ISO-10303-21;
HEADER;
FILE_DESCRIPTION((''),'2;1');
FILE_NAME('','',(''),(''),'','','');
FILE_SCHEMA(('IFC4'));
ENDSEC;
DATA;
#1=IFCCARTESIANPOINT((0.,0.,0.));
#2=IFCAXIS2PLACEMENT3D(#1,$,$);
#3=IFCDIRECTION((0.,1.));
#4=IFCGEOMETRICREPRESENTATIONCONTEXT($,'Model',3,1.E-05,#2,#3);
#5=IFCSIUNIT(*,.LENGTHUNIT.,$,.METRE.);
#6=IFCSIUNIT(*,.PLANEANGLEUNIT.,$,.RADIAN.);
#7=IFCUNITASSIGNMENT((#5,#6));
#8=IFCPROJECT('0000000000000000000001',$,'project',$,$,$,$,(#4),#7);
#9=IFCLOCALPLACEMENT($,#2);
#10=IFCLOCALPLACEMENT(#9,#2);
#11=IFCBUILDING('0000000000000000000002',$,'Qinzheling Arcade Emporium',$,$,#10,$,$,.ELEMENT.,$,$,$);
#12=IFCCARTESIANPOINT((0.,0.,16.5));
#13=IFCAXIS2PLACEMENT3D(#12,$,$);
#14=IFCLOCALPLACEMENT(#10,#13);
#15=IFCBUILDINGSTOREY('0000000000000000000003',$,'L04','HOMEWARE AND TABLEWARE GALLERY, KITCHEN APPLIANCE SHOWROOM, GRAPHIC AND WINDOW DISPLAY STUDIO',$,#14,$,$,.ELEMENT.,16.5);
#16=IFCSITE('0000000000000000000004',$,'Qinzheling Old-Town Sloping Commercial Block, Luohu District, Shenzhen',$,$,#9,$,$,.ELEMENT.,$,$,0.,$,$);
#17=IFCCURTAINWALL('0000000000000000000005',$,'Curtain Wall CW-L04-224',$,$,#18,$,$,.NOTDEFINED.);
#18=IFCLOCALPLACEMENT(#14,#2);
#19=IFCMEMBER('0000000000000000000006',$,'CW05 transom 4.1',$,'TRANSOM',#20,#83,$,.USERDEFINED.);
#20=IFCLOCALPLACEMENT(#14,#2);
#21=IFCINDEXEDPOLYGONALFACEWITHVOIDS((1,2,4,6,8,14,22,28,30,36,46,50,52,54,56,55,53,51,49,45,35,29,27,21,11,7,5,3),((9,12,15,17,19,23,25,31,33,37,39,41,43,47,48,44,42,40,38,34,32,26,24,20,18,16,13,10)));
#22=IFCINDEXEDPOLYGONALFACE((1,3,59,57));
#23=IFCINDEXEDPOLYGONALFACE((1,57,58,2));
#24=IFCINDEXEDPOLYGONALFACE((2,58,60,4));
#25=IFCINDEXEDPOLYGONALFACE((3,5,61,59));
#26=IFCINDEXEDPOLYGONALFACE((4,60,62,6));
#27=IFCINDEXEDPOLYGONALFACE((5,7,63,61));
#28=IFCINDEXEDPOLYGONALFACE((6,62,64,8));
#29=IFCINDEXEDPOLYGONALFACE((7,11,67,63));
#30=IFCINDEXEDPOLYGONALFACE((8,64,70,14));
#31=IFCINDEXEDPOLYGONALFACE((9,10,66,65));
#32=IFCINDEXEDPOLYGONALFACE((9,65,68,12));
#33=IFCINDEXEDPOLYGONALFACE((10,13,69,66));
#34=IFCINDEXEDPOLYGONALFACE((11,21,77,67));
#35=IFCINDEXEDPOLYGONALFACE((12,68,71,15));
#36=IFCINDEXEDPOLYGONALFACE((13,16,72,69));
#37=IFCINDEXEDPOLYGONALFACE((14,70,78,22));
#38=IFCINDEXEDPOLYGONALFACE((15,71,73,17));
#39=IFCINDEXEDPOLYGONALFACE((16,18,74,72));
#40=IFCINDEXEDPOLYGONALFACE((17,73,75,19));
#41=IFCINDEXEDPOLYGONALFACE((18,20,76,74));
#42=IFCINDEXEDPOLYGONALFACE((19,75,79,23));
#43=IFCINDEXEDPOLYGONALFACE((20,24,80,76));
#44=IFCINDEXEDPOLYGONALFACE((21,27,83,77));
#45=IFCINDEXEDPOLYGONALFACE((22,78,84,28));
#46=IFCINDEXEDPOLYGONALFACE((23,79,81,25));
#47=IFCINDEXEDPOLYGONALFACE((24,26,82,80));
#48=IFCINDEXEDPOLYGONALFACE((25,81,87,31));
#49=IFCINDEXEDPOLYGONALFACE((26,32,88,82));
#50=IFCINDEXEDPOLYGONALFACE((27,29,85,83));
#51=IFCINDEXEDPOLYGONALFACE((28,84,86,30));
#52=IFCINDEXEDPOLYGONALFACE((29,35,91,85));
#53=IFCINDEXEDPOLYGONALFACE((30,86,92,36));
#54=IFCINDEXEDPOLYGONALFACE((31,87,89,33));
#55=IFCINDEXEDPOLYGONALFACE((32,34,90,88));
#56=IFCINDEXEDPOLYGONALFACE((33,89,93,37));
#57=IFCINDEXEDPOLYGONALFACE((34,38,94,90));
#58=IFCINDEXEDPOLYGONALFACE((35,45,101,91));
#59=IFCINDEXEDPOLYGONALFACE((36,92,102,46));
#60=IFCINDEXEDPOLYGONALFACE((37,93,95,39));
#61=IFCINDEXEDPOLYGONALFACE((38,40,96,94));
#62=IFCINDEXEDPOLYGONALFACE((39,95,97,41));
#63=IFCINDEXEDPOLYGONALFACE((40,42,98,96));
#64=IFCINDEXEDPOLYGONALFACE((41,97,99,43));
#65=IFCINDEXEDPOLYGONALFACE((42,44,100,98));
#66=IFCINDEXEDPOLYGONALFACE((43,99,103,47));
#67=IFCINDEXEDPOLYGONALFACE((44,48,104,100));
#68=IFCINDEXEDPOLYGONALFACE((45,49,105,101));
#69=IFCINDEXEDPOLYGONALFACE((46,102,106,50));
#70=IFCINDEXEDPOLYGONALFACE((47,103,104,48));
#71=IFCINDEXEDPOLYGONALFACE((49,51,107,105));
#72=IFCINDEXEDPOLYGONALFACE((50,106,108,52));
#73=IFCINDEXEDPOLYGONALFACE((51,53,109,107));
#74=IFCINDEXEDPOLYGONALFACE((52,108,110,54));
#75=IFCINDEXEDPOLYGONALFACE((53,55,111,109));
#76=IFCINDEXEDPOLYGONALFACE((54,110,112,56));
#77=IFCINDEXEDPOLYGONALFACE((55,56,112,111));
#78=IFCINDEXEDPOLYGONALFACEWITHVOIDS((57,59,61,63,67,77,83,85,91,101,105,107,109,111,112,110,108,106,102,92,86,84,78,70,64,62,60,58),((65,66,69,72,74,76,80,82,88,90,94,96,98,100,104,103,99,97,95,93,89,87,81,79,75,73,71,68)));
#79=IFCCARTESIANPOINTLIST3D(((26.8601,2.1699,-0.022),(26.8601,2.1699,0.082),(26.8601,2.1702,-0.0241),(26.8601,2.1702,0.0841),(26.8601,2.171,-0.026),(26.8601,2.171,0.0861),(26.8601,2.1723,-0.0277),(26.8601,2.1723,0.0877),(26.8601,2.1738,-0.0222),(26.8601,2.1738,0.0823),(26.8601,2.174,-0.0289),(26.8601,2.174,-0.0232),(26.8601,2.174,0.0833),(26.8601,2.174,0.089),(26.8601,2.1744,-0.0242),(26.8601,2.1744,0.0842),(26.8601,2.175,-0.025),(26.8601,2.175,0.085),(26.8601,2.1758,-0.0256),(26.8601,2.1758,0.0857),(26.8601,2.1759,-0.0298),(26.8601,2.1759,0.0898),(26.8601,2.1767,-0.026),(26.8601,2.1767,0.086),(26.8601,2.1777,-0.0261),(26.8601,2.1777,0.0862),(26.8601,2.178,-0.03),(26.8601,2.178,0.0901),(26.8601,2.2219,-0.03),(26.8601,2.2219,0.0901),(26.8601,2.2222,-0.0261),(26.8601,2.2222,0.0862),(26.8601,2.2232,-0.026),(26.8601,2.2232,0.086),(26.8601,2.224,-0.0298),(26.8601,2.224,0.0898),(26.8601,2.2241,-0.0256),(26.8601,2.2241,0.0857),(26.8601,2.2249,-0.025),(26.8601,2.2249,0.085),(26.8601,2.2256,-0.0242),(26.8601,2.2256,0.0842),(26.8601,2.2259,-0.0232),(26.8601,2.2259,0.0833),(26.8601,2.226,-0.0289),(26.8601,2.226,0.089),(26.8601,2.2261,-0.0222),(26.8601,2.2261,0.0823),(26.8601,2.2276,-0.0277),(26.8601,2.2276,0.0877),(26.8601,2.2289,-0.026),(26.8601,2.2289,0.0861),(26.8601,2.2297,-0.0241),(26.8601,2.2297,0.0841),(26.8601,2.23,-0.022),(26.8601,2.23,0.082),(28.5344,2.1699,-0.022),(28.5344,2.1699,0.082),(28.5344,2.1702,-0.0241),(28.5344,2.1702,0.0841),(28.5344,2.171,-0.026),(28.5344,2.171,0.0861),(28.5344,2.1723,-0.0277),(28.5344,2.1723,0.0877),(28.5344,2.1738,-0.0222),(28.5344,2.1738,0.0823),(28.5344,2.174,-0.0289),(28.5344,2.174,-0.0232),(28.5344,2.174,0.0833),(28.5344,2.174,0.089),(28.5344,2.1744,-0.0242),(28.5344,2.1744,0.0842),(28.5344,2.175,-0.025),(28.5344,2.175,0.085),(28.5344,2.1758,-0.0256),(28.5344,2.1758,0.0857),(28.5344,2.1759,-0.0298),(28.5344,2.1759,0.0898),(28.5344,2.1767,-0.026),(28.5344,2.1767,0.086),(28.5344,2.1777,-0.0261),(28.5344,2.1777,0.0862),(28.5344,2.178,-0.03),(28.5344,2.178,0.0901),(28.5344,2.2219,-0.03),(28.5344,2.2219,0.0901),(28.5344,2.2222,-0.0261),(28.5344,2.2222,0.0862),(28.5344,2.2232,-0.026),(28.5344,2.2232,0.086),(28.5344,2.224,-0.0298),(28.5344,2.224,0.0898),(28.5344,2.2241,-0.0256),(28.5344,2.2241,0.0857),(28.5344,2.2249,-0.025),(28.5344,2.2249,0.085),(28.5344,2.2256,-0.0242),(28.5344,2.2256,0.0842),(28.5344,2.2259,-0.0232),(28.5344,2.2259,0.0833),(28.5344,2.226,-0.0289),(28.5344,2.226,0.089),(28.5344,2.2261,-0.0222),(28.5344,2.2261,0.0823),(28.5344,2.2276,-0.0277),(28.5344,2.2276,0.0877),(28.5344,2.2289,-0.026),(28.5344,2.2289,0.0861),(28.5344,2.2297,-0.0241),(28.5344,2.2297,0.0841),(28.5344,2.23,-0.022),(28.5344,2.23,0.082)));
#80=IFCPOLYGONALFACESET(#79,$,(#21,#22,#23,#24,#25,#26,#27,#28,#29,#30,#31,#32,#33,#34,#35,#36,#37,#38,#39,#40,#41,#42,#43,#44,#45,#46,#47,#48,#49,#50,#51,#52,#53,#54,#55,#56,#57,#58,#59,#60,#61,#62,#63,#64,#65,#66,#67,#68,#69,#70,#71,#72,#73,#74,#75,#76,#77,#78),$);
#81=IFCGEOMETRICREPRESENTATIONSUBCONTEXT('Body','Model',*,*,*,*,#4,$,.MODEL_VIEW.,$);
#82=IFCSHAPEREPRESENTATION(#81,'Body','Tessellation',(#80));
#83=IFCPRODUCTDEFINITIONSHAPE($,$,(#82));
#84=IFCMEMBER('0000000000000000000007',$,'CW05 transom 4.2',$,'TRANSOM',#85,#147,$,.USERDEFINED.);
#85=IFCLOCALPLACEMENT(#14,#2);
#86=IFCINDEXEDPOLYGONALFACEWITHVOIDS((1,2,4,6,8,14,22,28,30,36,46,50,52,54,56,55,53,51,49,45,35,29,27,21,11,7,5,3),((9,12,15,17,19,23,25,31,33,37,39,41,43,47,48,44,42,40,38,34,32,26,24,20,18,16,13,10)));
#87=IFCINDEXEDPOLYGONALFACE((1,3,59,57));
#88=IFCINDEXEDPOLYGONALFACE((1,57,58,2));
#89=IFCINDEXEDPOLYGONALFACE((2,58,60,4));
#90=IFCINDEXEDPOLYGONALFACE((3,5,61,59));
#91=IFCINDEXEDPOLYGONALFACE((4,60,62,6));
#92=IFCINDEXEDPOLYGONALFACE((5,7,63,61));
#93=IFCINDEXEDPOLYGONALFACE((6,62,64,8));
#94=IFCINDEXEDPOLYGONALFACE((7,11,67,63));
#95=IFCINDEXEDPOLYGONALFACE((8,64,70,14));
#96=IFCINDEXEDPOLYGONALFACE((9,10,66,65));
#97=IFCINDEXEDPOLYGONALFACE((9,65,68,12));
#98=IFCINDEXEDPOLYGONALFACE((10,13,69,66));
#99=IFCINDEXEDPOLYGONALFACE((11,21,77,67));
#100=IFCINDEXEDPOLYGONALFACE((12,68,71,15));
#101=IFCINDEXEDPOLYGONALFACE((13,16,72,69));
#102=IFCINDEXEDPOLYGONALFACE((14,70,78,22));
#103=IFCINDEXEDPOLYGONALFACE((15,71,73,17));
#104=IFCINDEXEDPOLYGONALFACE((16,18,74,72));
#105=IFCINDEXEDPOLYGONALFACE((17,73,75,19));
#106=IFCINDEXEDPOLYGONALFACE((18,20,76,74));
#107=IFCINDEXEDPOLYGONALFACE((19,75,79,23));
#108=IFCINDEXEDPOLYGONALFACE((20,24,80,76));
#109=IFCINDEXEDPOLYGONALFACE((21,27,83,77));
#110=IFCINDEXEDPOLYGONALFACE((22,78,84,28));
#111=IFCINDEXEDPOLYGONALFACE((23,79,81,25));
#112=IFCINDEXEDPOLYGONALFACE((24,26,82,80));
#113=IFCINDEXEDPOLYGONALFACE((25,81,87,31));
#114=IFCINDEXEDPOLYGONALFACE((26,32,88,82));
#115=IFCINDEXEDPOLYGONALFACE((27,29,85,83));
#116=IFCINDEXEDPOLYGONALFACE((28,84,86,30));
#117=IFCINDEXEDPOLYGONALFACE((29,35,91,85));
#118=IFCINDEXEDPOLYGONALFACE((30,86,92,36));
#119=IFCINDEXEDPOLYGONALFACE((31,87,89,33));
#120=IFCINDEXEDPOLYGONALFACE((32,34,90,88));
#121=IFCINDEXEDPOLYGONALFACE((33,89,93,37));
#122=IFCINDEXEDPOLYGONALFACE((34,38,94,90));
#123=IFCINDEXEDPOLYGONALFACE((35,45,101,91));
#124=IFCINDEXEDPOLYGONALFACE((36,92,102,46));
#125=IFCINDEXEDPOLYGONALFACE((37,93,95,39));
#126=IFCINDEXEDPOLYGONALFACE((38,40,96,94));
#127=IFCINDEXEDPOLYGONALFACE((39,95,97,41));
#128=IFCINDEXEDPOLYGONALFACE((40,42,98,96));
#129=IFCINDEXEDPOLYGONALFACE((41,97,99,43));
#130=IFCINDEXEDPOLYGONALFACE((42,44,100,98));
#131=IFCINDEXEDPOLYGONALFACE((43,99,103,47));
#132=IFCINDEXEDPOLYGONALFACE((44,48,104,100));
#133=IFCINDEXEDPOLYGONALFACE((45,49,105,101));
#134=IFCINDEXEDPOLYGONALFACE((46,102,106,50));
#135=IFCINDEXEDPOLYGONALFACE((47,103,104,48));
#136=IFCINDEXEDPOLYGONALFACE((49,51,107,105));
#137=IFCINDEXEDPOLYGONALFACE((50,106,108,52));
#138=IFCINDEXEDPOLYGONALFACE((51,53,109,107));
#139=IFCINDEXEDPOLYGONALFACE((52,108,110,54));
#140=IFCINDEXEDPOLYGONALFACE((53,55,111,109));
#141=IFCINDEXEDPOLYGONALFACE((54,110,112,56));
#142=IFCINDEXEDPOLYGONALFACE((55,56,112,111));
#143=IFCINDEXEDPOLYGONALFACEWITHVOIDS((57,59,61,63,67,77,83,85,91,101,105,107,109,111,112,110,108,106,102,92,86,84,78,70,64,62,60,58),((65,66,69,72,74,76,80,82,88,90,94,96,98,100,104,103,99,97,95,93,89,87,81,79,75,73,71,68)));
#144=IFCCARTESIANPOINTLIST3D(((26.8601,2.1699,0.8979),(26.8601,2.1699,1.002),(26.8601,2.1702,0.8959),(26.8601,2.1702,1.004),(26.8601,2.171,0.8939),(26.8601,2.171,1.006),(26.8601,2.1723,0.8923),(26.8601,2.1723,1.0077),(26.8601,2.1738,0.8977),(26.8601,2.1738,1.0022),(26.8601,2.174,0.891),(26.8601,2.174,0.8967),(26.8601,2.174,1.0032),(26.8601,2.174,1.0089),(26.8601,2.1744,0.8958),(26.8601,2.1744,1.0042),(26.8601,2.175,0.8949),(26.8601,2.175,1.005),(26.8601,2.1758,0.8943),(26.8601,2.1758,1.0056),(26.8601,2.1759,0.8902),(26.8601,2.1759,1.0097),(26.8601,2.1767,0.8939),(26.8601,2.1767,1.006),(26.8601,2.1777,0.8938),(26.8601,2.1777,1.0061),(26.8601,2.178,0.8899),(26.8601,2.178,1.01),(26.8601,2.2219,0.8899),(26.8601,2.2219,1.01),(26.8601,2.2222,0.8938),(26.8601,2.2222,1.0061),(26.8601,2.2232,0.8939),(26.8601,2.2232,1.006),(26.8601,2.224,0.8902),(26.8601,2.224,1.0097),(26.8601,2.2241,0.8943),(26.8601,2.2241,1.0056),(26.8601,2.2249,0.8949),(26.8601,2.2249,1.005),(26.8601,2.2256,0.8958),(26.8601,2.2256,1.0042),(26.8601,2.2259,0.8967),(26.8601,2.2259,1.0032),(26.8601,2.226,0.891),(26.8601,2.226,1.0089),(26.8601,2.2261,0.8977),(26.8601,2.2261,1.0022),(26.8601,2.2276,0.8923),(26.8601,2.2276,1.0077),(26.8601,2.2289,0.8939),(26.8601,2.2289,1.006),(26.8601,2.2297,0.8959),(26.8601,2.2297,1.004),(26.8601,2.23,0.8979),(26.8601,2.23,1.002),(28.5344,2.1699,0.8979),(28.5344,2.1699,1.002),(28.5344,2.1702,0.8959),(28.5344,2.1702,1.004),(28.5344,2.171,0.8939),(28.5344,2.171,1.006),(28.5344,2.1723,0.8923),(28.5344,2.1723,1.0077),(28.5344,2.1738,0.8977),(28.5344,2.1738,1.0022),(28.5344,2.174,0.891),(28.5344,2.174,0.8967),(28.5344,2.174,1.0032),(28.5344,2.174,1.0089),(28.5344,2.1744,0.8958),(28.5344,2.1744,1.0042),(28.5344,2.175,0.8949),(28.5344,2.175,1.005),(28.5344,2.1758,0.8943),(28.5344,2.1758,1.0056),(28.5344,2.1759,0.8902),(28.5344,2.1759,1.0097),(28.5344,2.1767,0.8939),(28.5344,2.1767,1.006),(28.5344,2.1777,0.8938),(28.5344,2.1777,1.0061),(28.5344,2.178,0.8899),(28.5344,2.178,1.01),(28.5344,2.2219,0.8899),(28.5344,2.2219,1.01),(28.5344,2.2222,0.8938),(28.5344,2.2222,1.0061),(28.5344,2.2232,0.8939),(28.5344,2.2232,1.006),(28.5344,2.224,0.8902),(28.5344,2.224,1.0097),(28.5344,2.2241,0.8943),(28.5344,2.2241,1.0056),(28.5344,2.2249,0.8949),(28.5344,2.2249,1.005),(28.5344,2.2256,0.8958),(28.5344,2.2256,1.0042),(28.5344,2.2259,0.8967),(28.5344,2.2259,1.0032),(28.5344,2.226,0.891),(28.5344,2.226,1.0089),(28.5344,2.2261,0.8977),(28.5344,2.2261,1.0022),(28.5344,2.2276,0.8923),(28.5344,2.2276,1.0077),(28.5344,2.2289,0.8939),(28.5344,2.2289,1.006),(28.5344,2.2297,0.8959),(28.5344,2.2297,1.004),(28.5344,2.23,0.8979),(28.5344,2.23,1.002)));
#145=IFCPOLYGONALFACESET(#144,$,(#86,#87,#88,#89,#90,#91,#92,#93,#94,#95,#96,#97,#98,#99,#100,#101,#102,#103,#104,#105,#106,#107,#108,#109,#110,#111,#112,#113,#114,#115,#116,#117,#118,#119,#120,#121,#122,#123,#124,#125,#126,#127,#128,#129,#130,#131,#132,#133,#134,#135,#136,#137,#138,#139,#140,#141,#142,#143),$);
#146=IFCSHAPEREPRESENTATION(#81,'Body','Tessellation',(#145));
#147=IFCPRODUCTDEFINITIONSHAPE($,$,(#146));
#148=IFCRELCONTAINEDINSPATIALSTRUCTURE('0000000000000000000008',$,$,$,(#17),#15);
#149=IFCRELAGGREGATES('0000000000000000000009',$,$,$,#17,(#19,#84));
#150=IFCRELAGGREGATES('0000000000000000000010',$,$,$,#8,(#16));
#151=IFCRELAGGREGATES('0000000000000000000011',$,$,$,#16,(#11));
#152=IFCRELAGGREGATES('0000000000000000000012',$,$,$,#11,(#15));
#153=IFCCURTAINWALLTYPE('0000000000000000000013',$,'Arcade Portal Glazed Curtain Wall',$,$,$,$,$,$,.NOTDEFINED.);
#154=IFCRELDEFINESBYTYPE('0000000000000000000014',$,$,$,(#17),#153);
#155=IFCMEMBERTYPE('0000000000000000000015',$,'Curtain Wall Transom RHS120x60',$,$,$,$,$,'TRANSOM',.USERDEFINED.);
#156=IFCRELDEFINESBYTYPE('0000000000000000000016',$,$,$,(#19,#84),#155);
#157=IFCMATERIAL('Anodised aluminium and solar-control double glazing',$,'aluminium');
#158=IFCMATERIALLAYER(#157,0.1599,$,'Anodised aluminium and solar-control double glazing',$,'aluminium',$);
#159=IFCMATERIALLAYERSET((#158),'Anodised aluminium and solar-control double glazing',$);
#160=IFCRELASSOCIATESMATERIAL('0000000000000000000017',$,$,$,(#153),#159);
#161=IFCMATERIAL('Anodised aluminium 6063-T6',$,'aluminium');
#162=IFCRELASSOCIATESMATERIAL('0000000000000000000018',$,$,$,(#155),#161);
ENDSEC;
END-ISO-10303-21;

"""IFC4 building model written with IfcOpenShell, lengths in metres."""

from ifc_helpers import new_model, si_unit, direction, frame, origin, origin_2d, place, context, subcontext, project, spatial, hollow_rectangle, extrude, material, layer, layer_set, material_profile, profile_set, type_object, element, aggregate, save


model = new_model("IFC4")

# Units and contexts
model_context = context("Model", 3, precision=1e-05, world=origin(), true_north=direction((0.0, 1.0)))
body_context = subcontext(model_context, "Body", "Model", "MODEL_VIEW")
ifc_project = project(units=[si_unit("LENGTHUNIT", "METRE"), si_unit("PLANEANGLEUNIT", "RADIAN")], contexts=[model_context])

# Site, building, storey
site_placement = place(None, origin())
site = spatial("IfcSite", under=ifc_project, at=site_placement, Name="Qinzheling Old-Town Sloping Commercial Block, Luohu District, Shenzhen", CompositionType="ELEMENT", RefElevation=0.0)
building_placement = place(site_placement, origin())
building = spatial("IfcBuilding", under=site, at=building_placement, Name="Qinzheling Arcade Emporium", CompositionType="ELEMENT")
storey_placement = place(building_placement, frame((0.0, 0.0, 16.5)))
storey = spatial("IfcBuildingStorey", under=building, at=storey_placement, Name="L04", Description="HOMEWARE AND TABLEWARE GALLERY, KITCHEN APPLIANCE SHOWROOM, GRAPHIC AND WINDOW DISPLAY STUDIO", CompositionType="ELEMENT", Elevation=16.5)

# Shared definitions
ifc_material_1 = material(Name="Anodised aluminium and solar-control double glazing", Category="aluminium")
ifc_layer_1 = layer(ifc_material_1, 0.1599, Name="Anodised aluminium and solar-control double glazing", Category="aluminium")
ifc_layer_set_1 = layer_set([ifc_layer_1], Name="Anodised aluminium and solar-control double glazing")
curtain_wall_type = type_object("IfcCurtainWallType", Name="Arcade Portal Glazed Curtain Wall", PredefinedType="NOTDEFINED", material=ifc_layer_set_1)
ifc_material_2 = material(Name="Anodised aluminium 6063-T6", Category="aluminium")

# Curtain wall
curtain_wall_1_placement = place(storey_placement, origin())
curtain_wall_1 = element("IfcCurtainWall", 1, at=curtain_wall_1_placement, inside=storey, type_object=curtain_wall_type, Name="Curtain Wall CW-L04-224", PredefinedType="NOTDEFINED")

# Members
ifc_material_profile_1 = material_profile(ifc_material_2, hollow_rectangle(XDim=0.0601, YDim=0.1201, WallThickness=0.0039, InnerFilletRadius=0.0039, OuterFilletRadius=0.0081, at=origin_2d()), Name="RHS 120x60x4", Category="aluminium")
ifc_profile_set_1 = profile_set([ifc_material_profile_1], Name="Anodised aluminium 6063-T6")
member_type_1 = type_object("IfcMemberType", Name="Curtain Wall Transom RHS120x60", ElementType="TRANSOM", PredefinedType="USERDEFINED", material=ifc_profile_set_1)
member_1_placement = place(storey_placement, frame((28.5344, 2.2, 0.03), z_axis=(-1.0, 0.0, 0.0), x_axis=(0.0, -1.0, 0.0)))
member_1 = element("IfcMember", 2, at=member_1_placement, type_object=member_type_1, Name="CW05 transom 4.1", ObjectType="TRANSOM", PredefinedType="USERDEFINED", context=body_context, shape_type="SweptSolid", body=[
    extrude(hollow_rectangle(XDim=0.0601, YDim=0.1201, WallThickness=0.0039, InnerFilletRadius=0.0039, OuterFilletRadius=0.0081, at=origin_2d()), origin(), (0.0, 0.0, 1.0), 1.6743),
])
member_2_placement = place(storey_placement, frame((28.5344, 2.2, 0.95), z_axis=(-1.0, 0.0, 0.0), x_axis=(0.0, -1.0, 0.0)))
member_2 = element("IfcMember", 3, at=member_2_placement, type_object=member_type_1, Name="CW05 transom 4.2", ObjectType="TRANSOM", PredefinedType="USERDEFINED", context=body_context, shape_type="SweptSolid", body=[
    extrude(hollow_rectangle(XDim=0.0601, YDim=0.1201, WallThickness=0.0039, InnerFilletRadius=0.0039, OuterFilletRadius=0.0081, at=origin_2d()), origin(), (0.0, 0.0, 1.0), 1.6743),
])

aggregate(curtain_wall_1, [member_1, member_2])

save(model, "model.ifc")
